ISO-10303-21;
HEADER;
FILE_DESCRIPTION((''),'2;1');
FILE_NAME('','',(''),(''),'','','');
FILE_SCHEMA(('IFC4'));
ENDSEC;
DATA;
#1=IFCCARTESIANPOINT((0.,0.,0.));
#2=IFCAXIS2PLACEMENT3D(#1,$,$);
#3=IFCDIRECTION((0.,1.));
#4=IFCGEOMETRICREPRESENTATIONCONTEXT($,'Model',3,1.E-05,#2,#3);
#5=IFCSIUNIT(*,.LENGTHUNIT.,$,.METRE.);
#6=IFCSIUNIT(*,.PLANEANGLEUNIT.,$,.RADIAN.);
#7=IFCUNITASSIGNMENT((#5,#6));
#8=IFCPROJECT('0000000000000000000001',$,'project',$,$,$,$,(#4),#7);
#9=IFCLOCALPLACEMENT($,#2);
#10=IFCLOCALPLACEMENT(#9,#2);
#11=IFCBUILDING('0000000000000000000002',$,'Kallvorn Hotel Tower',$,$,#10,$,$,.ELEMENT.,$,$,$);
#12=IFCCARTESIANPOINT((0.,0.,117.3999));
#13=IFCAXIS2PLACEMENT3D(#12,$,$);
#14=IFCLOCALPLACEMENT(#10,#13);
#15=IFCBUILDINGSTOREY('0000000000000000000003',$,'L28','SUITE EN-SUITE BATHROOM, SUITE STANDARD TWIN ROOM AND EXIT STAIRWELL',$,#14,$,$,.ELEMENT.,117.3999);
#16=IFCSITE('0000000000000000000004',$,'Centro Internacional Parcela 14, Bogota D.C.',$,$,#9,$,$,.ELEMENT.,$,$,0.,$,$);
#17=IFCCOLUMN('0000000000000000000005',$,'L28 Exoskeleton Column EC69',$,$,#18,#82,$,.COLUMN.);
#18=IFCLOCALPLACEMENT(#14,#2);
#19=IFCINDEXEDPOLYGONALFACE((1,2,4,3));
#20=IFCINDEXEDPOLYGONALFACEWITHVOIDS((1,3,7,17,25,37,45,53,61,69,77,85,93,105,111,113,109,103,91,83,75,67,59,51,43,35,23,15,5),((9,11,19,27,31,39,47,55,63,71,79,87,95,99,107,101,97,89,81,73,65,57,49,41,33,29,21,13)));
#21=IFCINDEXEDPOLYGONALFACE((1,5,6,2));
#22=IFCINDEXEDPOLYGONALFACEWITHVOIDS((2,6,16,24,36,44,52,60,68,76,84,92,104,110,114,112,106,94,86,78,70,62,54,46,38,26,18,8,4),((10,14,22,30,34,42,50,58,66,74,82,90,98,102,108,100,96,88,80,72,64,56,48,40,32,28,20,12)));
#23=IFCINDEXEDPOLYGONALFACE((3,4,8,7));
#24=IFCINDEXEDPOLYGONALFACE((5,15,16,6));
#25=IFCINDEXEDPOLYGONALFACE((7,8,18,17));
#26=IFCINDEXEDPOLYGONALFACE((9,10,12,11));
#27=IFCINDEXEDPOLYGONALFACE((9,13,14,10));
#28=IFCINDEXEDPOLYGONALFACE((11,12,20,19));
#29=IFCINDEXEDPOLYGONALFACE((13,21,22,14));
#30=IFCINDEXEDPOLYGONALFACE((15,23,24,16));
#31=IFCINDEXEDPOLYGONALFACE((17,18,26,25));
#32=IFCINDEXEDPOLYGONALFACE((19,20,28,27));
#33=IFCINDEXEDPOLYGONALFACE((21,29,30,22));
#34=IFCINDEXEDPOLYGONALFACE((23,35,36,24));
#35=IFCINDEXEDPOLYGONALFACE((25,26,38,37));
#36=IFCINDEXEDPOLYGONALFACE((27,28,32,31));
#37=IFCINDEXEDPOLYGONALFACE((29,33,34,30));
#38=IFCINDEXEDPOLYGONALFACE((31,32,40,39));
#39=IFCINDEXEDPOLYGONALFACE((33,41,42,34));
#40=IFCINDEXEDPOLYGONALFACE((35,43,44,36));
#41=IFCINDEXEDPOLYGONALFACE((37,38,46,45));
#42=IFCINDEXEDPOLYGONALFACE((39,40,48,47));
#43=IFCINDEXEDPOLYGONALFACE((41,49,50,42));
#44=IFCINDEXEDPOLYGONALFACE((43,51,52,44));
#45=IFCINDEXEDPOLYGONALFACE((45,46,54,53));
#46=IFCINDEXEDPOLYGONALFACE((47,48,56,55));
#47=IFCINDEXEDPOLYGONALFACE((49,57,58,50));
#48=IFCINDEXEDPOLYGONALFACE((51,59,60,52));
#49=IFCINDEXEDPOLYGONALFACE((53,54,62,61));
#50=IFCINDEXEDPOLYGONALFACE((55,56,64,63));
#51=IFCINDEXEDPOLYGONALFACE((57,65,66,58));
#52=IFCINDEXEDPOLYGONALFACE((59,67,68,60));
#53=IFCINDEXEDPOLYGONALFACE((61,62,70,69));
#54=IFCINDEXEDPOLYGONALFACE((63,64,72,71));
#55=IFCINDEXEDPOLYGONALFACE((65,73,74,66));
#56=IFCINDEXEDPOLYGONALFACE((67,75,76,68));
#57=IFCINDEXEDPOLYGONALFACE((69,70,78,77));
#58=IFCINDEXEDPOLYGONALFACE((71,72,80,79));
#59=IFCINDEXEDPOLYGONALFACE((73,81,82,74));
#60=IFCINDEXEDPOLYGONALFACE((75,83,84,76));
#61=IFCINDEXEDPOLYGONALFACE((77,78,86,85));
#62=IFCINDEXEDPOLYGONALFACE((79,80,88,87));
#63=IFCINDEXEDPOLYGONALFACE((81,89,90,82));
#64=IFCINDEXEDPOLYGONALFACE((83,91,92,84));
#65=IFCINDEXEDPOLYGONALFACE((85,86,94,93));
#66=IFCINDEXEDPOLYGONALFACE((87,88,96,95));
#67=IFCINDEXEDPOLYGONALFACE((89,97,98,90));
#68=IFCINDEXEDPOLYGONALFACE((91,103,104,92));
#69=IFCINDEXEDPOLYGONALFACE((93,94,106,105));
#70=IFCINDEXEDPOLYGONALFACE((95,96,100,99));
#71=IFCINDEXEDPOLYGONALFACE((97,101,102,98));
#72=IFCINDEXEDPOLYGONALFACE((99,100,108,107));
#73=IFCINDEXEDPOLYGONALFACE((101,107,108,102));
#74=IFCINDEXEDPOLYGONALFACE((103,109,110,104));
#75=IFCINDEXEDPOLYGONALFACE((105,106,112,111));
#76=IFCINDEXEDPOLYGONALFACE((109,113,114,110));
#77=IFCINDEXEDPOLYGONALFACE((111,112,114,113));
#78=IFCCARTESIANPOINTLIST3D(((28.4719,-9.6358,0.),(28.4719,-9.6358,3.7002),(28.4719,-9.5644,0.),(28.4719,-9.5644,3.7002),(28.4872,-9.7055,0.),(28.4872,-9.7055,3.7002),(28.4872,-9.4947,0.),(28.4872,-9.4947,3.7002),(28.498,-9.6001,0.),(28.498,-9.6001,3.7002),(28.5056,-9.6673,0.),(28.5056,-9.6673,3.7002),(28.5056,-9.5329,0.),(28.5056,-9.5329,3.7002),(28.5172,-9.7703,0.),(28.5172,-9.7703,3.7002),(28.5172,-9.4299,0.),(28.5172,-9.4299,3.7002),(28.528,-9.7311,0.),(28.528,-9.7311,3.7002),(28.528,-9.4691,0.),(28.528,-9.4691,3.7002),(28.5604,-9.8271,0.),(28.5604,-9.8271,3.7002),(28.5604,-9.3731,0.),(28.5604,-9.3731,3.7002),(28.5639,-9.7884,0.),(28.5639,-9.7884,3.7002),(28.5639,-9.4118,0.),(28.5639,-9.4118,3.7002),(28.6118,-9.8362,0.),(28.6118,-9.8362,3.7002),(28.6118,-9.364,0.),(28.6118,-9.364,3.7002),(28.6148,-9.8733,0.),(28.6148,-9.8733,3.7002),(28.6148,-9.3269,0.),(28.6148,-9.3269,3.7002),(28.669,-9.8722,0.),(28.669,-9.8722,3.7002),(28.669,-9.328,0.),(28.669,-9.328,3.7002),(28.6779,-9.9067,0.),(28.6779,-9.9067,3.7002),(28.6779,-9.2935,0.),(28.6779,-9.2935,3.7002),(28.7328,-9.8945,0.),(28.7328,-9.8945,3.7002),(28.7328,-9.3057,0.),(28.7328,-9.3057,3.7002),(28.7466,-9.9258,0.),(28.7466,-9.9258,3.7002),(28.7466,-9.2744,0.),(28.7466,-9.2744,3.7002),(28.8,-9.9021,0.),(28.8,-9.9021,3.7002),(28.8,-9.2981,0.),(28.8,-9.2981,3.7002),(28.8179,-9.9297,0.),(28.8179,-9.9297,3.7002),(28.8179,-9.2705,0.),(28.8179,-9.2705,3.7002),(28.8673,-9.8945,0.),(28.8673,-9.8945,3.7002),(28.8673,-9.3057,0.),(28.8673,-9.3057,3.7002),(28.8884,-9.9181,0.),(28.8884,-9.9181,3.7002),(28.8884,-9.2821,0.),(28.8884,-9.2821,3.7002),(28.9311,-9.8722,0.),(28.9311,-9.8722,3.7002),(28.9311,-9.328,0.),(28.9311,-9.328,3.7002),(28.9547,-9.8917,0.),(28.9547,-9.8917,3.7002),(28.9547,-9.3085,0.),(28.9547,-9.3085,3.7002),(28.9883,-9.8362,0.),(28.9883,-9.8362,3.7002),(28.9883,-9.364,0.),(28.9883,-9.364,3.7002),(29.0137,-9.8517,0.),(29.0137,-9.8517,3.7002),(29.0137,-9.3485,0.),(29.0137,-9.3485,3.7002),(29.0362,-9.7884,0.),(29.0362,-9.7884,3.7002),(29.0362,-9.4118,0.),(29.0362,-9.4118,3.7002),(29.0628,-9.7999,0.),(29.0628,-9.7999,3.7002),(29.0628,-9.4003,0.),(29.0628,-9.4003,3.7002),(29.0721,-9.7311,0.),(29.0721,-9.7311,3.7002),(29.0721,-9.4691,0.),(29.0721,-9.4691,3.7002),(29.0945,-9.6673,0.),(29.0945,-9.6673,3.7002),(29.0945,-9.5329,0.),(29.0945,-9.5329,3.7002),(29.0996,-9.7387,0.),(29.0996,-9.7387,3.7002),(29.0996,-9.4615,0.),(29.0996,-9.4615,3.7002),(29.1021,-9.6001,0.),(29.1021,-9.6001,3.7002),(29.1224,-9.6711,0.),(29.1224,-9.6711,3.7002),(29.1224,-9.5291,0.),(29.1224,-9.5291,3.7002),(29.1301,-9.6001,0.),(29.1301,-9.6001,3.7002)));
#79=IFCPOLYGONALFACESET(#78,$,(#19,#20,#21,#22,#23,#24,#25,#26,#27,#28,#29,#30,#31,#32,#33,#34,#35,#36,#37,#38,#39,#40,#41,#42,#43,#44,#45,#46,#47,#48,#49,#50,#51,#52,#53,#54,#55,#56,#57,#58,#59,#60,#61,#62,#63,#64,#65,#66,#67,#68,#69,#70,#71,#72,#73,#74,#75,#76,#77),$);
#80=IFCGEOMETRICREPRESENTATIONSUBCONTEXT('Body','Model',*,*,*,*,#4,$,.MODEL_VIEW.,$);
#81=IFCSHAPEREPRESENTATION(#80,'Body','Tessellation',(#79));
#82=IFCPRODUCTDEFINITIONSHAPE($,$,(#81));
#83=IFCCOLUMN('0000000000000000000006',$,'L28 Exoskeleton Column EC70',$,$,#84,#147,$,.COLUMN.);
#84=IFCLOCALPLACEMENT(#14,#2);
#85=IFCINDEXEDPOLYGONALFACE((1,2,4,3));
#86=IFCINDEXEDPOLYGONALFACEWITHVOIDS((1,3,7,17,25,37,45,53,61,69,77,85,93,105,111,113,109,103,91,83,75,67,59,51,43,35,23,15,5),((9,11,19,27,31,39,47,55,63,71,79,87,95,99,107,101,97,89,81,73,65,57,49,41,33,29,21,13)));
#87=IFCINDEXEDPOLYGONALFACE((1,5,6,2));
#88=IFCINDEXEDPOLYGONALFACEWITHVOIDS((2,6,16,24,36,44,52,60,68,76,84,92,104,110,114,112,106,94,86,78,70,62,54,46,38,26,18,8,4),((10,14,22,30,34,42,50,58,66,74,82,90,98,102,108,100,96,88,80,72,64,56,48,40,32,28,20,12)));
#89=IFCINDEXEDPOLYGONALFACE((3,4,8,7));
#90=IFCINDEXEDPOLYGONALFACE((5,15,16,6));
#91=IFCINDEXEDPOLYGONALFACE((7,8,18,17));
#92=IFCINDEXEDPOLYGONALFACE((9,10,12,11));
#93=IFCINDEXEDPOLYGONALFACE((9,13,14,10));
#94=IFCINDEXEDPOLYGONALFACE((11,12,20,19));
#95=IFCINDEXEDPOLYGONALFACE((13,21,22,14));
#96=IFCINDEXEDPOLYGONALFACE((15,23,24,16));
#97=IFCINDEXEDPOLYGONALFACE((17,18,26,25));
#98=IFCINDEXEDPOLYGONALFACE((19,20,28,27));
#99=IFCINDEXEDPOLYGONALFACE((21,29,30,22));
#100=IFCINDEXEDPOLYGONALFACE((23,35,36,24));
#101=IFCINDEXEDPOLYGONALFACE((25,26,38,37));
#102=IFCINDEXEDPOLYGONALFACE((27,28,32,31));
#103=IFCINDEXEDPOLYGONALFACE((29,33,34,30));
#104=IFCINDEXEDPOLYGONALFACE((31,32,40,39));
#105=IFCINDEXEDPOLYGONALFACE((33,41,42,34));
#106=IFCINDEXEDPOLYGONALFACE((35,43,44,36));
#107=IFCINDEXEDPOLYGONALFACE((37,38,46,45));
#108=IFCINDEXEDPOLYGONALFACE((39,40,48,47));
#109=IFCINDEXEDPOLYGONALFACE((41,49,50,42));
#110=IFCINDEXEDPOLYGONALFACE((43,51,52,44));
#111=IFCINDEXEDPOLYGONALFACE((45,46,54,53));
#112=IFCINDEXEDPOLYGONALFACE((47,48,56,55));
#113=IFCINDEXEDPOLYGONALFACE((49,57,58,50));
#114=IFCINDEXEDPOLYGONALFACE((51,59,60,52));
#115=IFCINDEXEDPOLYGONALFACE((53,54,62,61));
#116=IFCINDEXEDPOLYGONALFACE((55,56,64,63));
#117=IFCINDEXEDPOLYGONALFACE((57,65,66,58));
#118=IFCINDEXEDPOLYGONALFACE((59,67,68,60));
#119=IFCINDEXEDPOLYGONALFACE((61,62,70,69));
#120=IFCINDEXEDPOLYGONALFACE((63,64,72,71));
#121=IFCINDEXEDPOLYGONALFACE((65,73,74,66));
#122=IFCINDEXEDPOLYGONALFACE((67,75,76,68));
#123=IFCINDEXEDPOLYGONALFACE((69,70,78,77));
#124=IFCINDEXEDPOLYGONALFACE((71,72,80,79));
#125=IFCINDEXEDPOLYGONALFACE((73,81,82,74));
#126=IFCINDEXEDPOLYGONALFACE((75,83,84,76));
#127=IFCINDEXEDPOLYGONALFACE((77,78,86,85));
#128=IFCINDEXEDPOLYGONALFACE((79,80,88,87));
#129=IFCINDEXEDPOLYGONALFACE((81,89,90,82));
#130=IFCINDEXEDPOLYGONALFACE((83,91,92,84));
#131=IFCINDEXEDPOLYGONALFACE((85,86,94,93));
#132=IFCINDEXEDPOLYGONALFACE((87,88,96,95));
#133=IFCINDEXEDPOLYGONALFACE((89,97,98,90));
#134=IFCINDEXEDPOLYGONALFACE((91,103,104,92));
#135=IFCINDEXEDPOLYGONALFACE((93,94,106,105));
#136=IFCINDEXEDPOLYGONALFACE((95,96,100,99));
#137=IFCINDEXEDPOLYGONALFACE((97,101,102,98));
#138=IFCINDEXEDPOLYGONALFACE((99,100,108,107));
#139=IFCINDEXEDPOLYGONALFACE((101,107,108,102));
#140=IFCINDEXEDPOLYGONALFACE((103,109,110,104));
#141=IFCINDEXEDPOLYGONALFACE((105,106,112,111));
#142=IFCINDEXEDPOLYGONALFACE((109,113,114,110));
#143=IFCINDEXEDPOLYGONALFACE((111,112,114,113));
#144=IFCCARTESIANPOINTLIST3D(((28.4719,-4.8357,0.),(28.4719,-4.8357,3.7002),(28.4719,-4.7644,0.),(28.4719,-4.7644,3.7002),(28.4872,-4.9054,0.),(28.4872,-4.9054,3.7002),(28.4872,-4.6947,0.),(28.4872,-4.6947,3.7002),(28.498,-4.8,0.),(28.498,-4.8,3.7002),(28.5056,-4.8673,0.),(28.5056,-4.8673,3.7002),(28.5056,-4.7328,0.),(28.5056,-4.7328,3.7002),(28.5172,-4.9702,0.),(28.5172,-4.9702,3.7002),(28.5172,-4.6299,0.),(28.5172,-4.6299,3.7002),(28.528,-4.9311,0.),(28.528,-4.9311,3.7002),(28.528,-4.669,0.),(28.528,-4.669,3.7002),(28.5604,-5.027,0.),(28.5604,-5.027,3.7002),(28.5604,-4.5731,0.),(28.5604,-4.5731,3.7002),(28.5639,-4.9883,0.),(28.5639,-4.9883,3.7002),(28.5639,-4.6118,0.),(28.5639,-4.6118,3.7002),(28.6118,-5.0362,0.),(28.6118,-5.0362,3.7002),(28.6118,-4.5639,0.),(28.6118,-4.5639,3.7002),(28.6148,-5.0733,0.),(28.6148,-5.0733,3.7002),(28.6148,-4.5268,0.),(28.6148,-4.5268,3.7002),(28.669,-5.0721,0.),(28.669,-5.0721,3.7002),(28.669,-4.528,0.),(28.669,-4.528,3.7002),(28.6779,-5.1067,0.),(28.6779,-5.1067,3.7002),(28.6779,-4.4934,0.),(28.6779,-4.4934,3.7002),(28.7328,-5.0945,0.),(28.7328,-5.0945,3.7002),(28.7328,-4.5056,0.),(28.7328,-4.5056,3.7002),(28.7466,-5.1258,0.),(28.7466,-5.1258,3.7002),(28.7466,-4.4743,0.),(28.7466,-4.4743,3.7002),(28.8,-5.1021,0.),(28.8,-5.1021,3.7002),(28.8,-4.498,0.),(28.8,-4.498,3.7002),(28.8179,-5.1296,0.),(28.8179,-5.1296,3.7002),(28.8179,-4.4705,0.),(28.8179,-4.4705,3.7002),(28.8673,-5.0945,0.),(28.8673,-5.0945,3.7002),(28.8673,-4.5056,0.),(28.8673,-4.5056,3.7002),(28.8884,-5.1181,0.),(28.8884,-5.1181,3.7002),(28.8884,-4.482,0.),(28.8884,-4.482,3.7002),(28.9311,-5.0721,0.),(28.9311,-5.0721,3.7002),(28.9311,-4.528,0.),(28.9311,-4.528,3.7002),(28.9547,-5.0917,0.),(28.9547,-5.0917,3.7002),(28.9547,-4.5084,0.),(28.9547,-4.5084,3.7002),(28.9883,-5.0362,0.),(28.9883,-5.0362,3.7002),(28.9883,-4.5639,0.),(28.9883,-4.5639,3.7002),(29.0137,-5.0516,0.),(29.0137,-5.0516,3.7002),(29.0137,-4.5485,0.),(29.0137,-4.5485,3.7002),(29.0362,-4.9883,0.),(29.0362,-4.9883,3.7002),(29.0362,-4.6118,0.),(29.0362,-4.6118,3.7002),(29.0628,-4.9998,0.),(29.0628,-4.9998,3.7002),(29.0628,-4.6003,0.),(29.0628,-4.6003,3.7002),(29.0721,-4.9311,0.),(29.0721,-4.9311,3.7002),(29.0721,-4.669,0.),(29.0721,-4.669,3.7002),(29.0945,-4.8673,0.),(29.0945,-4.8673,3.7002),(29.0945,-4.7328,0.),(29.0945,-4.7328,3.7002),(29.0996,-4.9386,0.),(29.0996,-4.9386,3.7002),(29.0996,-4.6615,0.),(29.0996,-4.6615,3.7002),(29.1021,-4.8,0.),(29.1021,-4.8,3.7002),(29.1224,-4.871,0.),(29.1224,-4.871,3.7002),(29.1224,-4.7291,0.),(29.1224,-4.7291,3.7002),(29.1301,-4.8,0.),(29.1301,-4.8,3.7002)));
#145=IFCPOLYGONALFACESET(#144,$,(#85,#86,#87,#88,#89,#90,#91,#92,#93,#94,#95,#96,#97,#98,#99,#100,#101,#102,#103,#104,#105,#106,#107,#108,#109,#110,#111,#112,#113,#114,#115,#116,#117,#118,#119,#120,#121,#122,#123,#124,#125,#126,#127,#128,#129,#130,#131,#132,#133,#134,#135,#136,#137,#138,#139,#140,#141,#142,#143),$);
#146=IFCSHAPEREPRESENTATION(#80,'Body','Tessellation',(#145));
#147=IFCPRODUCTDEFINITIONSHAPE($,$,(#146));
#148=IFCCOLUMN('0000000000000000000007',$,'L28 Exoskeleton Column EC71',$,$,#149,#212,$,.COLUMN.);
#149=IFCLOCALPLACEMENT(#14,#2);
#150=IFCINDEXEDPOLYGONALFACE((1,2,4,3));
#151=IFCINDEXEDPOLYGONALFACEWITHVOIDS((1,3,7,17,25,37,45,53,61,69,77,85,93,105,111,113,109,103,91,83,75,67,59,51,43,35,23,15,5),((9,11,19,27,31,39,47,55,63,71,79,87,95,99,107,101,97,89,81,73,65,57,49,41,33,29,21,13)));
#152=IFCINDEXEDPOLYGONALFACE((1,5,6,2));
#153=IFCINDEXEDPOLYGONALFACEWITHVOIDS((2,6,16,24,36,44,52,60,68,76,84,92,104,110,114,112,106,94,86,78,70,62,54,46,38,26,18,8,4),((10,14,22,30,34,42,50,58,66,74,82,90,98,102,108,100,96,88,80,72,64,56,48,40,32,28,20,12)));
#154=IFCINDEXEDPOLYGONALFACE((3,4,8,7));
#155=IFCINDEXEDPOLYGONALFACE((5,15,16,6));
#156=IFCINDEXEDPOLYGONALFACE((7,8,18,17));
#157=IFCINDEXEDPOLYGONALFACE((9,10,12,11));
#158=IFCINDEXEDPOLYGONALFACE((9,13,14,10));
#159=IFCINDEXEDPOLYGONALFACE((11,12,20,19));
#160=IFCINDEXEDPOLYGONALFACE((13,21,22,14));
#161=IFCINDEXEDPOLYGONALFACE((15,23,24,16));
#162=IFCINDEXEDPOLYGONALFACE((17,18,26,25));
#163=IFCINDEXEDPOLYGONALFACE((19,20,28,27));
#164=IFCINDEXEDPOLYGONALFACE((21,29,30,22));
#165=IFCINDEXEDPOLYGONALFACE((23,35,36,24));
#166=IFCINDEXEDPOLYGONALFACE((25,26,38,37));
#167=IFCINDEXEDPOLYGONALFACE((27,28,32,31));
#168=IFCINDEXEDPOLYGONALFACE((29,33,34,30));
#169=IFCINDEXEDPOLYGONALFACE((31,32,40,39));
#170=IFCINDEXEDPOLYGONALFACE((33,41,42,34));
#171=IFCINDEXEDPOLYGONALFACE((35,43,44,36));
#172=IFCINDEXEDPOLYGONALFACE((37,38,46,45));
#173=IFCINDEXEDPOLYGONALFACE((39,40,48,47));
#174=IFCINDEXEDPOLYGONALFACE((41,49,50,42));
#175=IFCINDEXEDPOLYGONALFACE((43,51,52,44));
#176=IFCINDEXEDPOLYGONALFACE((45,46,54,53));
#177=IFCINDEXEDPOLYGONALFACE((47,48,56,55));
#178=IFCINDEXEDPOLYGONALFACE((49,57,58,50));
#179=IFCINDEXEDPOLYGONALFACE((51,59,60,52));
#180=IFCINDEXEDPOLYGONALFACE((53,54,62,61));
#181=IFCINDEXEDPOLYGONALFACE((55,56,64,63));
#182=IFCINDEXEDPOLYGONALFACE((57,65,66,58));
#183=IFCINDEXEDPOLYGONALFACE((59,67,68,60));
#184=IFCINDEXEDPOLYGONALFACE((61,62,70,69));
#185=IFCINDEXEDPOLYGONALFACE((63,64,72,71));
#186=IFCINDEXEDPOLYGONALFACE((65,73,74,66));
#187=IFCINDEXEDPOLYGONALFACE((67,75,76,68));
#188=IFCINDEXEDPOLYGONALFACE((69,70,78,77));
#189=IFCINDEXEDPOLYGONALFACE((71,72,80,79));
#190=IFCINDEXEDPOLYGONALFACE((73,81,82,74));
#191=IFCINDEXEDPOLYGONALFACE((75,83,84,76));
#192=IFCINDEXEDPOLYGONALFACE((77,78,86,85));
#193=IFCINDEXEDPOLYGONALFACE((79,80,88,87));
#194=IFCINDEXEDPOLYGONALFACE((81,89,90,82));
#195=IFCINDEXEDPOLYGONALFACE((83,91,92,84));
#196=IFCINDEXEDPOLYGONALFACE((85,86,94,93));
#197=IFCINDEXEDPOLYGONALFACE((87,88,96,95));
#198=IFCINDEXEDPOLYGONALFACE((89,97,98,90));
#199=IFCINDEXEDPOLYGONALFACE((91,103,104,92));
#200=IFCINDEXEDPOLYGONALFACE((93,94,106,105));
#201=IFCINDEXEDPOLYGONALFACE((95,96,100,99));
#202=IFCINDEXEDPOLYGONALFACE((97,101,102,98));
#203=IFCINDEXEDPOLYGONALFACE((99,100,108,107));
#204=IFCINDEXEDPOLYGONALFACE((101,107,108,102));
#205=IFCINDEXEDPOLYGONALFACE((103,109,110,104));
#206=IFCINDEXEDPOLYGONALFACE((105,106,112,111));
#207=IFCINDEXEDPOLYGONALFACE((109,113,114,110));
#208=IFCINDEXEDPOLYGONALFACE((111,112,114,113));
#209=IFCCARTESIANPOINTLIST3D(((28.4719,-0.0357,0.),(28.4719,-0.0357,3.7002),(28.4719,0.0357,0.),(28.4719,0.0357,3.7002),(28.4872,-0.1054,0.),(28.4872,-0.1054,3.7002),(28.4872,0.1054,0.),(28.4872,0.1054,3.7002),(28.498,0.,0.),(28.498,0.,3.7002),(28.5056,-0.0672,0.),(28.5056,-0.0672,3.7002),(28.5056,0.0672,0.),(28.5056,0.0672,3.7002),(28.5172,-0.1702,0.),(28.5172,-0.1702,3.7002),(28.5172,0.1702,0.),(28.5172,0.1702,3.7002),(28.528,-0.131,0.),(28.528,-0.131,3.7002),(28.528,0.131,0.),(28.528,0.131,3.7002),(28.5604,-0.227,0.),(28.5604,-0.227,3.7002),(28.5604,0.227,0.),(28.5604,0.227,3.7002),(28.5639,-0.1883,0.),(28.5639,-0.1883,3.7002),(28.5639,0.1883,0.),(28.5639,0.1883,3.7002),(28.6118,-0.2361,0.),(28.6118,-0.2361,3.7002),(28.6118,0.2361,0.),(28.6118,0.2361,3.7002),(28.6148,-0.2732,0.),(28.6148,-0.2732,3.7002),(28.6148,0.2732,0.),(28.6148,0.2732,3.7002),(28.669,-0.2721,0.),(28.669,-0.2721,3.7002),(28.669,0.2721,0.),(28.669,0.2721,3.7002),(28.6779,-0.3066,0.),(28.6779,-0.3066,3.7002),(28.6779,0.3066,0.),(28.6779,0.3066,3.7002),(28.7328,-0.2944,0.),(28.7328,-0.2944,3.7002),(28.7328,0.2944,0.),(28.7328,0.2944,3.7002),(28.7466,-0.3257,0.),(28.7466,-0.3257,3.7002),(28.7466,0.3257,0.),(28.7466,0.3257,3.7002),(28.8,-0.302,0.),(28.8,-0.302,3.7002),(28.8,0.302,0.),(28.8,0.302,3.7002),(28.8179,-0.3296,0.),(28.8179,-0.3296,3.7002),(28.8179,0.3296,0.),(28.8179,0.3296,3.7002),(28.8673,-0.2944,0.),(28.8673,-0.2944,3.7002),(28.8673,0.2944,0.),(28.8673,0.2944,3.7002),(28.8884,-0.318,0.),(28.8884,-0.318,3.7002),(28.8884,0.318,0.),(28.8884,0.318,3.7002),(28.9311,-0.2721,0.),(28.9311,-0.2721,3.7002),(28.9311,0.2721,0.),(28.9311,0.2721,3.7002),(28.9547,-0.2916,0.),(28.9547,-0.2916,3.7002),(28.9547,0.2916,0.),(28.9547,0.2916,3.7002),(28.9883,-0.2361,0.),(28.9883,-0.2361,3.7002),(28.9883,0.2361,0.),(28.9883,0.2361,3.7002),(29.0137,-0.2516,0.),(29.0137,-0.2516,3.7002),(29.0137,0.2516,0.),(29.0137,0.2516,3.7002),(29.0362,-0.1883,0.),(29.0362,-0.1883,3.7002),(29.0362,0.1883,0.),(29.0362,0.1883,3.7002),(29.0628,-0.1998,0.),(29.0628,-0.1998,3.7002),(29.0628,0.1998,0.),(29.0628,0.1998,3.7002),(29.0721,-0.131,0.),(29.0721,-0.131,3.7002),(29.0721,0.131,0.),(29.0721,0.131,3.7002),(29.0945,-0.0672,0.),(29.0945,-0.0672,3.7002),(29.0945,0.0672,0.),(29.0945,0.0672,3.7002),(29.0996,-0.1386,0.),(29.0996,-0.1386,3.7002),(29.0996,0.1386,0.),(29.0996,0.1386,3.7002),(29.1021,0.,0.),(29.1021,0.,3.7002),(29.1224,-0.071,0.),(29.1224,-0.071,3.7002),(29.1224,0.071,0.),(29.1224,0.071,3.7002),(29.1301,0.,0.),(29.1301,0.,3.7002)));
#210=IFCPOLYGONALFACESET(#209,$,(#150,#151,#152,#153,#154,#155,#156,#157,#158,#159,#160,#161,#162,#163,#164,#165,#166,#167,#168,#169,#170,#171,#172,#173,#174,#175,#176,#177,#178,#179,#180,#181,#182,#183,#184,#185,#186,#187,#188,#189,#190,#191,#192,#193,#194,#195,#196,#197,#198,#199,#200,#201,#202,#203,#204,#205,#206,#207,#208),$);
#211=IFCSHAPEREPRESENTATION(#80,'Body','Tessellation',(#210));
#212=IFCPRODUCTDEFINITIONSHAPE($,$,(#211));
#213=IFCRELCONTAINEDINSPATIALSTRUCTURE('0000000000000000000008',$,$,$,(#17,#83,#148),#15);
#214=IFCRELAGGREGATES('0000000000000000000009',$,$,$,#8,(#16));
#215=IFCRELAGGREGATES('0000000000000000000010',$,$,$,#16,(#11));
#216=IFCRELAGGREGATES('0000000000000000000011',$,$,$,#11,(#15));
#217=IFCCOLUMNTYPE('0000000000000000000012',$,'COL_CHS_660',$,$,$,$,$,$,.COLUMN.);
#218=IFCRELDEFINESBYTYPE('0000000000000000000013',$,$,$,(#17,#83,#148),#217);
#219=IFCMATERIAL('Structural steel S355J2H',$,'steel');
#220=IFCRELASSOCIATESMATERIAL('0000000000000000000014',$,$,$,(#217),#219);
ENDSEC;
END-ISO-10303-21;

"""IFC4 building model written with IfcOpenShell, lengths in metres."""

from ifc_helpers import new_model, si_unit, direction, frame, origin, origin_2d, place, context, subcontext, project, spatial, hollow_circle, extrude, material, material_profile, profile_set, type_object, element, save


model = new_model("IFC4")

# Units and contexts
model_context = context("Model", 3, precision=1e-05, world=origin(), true_north=direction((0.0, 1.0)))
body_context = subcontext(model_context, "Body", "Model", "MODEL_VIEW")
ifc_project = project(units=[si_unit("LENGTHUNIT", "METRE"), si_unit("PLANEANGLEUNIT", "RADIAN")], contexts=[model_context])

# Site, building, storey
site_placement = place(None, origin())
site = spatial("IfcSite", under=ifc_project, at=site_placement, Name="Centro Internacional Parcela 14, Bogota D.C.", CompositionType="ELEMENT", RefElevation=0.0)
building_placement = place(site_placement, origin())
building = spatial("IfcBuilding", under=site, at=building_placement, Name="Kallvorn Hotel Tower", CompositionType="ELEMENT")
storey_placement = place(building_placement, frame((0.0, 0.0, 117.3999)))
storey = spatial("IfcBuildingStorey", under=building, at=storey_placement, Name="L28", Description="SUITE EN-SUITE BATHROOM, SUITE STANDARD TWIN ROOM AND EXIT STAIRWELL", CompositionType="ELEMENT", Elevation=117.3999)

# Columns
ifc_material_1 = material(Name="Structural steel S355J2H", Category="steel")
ifc_material_profile_1 = material_profile(ifc_material_1, hollow_circle(Radius=0.3301, WallThickness=0.0281, at=origin_2d()), Name="CHS 660x28")
ifc_profile_set_1 = profile_set([ifc_material_profile_1], Name="Structural steel S355J2H")
column_type = type_object("IfcColumnType", Name="COL_CHS_660", PredefinedType="COLUMN", material=ifc_profile_set_1)
for number, where, z_axis, x_axis, name in (
    (1, (28.8, -9.6001, 0.0), (0.0, 0.0, 1.0), (1.0, 0.0, 0.0), "L28 Exoskeleton Column EC69"),
    (2, (28.8, -4.8, 0.0), (0.0, 0.0, 1.0), (1.0, 0.0, 0.0), "L28 Exoskeleton Column EC70"),
    (3, (28.8, 0.0, 0.0), (0.0, 0.0, 1.0), (1.0, 0.0, 0.0), "L28 Exoskeleton Column EC71"),
):
    element("IfcColumn", number, at=place(storey_placement, frame(where, z_axis=z_axis, x_axis=x_axis)), inside=storey, type_object=column_type, Name=name, PredefinedType="COLUMN", context=body_context, shape_type="SweptSolid", body=[
        extrude(hollow_circle(Radius=0.3301, WallThickness=0.0281, at=origin_2d()), origin(), (0.0, 0.0, 1.0), 3.7002),
    ])

save(model, "model.ifc")
